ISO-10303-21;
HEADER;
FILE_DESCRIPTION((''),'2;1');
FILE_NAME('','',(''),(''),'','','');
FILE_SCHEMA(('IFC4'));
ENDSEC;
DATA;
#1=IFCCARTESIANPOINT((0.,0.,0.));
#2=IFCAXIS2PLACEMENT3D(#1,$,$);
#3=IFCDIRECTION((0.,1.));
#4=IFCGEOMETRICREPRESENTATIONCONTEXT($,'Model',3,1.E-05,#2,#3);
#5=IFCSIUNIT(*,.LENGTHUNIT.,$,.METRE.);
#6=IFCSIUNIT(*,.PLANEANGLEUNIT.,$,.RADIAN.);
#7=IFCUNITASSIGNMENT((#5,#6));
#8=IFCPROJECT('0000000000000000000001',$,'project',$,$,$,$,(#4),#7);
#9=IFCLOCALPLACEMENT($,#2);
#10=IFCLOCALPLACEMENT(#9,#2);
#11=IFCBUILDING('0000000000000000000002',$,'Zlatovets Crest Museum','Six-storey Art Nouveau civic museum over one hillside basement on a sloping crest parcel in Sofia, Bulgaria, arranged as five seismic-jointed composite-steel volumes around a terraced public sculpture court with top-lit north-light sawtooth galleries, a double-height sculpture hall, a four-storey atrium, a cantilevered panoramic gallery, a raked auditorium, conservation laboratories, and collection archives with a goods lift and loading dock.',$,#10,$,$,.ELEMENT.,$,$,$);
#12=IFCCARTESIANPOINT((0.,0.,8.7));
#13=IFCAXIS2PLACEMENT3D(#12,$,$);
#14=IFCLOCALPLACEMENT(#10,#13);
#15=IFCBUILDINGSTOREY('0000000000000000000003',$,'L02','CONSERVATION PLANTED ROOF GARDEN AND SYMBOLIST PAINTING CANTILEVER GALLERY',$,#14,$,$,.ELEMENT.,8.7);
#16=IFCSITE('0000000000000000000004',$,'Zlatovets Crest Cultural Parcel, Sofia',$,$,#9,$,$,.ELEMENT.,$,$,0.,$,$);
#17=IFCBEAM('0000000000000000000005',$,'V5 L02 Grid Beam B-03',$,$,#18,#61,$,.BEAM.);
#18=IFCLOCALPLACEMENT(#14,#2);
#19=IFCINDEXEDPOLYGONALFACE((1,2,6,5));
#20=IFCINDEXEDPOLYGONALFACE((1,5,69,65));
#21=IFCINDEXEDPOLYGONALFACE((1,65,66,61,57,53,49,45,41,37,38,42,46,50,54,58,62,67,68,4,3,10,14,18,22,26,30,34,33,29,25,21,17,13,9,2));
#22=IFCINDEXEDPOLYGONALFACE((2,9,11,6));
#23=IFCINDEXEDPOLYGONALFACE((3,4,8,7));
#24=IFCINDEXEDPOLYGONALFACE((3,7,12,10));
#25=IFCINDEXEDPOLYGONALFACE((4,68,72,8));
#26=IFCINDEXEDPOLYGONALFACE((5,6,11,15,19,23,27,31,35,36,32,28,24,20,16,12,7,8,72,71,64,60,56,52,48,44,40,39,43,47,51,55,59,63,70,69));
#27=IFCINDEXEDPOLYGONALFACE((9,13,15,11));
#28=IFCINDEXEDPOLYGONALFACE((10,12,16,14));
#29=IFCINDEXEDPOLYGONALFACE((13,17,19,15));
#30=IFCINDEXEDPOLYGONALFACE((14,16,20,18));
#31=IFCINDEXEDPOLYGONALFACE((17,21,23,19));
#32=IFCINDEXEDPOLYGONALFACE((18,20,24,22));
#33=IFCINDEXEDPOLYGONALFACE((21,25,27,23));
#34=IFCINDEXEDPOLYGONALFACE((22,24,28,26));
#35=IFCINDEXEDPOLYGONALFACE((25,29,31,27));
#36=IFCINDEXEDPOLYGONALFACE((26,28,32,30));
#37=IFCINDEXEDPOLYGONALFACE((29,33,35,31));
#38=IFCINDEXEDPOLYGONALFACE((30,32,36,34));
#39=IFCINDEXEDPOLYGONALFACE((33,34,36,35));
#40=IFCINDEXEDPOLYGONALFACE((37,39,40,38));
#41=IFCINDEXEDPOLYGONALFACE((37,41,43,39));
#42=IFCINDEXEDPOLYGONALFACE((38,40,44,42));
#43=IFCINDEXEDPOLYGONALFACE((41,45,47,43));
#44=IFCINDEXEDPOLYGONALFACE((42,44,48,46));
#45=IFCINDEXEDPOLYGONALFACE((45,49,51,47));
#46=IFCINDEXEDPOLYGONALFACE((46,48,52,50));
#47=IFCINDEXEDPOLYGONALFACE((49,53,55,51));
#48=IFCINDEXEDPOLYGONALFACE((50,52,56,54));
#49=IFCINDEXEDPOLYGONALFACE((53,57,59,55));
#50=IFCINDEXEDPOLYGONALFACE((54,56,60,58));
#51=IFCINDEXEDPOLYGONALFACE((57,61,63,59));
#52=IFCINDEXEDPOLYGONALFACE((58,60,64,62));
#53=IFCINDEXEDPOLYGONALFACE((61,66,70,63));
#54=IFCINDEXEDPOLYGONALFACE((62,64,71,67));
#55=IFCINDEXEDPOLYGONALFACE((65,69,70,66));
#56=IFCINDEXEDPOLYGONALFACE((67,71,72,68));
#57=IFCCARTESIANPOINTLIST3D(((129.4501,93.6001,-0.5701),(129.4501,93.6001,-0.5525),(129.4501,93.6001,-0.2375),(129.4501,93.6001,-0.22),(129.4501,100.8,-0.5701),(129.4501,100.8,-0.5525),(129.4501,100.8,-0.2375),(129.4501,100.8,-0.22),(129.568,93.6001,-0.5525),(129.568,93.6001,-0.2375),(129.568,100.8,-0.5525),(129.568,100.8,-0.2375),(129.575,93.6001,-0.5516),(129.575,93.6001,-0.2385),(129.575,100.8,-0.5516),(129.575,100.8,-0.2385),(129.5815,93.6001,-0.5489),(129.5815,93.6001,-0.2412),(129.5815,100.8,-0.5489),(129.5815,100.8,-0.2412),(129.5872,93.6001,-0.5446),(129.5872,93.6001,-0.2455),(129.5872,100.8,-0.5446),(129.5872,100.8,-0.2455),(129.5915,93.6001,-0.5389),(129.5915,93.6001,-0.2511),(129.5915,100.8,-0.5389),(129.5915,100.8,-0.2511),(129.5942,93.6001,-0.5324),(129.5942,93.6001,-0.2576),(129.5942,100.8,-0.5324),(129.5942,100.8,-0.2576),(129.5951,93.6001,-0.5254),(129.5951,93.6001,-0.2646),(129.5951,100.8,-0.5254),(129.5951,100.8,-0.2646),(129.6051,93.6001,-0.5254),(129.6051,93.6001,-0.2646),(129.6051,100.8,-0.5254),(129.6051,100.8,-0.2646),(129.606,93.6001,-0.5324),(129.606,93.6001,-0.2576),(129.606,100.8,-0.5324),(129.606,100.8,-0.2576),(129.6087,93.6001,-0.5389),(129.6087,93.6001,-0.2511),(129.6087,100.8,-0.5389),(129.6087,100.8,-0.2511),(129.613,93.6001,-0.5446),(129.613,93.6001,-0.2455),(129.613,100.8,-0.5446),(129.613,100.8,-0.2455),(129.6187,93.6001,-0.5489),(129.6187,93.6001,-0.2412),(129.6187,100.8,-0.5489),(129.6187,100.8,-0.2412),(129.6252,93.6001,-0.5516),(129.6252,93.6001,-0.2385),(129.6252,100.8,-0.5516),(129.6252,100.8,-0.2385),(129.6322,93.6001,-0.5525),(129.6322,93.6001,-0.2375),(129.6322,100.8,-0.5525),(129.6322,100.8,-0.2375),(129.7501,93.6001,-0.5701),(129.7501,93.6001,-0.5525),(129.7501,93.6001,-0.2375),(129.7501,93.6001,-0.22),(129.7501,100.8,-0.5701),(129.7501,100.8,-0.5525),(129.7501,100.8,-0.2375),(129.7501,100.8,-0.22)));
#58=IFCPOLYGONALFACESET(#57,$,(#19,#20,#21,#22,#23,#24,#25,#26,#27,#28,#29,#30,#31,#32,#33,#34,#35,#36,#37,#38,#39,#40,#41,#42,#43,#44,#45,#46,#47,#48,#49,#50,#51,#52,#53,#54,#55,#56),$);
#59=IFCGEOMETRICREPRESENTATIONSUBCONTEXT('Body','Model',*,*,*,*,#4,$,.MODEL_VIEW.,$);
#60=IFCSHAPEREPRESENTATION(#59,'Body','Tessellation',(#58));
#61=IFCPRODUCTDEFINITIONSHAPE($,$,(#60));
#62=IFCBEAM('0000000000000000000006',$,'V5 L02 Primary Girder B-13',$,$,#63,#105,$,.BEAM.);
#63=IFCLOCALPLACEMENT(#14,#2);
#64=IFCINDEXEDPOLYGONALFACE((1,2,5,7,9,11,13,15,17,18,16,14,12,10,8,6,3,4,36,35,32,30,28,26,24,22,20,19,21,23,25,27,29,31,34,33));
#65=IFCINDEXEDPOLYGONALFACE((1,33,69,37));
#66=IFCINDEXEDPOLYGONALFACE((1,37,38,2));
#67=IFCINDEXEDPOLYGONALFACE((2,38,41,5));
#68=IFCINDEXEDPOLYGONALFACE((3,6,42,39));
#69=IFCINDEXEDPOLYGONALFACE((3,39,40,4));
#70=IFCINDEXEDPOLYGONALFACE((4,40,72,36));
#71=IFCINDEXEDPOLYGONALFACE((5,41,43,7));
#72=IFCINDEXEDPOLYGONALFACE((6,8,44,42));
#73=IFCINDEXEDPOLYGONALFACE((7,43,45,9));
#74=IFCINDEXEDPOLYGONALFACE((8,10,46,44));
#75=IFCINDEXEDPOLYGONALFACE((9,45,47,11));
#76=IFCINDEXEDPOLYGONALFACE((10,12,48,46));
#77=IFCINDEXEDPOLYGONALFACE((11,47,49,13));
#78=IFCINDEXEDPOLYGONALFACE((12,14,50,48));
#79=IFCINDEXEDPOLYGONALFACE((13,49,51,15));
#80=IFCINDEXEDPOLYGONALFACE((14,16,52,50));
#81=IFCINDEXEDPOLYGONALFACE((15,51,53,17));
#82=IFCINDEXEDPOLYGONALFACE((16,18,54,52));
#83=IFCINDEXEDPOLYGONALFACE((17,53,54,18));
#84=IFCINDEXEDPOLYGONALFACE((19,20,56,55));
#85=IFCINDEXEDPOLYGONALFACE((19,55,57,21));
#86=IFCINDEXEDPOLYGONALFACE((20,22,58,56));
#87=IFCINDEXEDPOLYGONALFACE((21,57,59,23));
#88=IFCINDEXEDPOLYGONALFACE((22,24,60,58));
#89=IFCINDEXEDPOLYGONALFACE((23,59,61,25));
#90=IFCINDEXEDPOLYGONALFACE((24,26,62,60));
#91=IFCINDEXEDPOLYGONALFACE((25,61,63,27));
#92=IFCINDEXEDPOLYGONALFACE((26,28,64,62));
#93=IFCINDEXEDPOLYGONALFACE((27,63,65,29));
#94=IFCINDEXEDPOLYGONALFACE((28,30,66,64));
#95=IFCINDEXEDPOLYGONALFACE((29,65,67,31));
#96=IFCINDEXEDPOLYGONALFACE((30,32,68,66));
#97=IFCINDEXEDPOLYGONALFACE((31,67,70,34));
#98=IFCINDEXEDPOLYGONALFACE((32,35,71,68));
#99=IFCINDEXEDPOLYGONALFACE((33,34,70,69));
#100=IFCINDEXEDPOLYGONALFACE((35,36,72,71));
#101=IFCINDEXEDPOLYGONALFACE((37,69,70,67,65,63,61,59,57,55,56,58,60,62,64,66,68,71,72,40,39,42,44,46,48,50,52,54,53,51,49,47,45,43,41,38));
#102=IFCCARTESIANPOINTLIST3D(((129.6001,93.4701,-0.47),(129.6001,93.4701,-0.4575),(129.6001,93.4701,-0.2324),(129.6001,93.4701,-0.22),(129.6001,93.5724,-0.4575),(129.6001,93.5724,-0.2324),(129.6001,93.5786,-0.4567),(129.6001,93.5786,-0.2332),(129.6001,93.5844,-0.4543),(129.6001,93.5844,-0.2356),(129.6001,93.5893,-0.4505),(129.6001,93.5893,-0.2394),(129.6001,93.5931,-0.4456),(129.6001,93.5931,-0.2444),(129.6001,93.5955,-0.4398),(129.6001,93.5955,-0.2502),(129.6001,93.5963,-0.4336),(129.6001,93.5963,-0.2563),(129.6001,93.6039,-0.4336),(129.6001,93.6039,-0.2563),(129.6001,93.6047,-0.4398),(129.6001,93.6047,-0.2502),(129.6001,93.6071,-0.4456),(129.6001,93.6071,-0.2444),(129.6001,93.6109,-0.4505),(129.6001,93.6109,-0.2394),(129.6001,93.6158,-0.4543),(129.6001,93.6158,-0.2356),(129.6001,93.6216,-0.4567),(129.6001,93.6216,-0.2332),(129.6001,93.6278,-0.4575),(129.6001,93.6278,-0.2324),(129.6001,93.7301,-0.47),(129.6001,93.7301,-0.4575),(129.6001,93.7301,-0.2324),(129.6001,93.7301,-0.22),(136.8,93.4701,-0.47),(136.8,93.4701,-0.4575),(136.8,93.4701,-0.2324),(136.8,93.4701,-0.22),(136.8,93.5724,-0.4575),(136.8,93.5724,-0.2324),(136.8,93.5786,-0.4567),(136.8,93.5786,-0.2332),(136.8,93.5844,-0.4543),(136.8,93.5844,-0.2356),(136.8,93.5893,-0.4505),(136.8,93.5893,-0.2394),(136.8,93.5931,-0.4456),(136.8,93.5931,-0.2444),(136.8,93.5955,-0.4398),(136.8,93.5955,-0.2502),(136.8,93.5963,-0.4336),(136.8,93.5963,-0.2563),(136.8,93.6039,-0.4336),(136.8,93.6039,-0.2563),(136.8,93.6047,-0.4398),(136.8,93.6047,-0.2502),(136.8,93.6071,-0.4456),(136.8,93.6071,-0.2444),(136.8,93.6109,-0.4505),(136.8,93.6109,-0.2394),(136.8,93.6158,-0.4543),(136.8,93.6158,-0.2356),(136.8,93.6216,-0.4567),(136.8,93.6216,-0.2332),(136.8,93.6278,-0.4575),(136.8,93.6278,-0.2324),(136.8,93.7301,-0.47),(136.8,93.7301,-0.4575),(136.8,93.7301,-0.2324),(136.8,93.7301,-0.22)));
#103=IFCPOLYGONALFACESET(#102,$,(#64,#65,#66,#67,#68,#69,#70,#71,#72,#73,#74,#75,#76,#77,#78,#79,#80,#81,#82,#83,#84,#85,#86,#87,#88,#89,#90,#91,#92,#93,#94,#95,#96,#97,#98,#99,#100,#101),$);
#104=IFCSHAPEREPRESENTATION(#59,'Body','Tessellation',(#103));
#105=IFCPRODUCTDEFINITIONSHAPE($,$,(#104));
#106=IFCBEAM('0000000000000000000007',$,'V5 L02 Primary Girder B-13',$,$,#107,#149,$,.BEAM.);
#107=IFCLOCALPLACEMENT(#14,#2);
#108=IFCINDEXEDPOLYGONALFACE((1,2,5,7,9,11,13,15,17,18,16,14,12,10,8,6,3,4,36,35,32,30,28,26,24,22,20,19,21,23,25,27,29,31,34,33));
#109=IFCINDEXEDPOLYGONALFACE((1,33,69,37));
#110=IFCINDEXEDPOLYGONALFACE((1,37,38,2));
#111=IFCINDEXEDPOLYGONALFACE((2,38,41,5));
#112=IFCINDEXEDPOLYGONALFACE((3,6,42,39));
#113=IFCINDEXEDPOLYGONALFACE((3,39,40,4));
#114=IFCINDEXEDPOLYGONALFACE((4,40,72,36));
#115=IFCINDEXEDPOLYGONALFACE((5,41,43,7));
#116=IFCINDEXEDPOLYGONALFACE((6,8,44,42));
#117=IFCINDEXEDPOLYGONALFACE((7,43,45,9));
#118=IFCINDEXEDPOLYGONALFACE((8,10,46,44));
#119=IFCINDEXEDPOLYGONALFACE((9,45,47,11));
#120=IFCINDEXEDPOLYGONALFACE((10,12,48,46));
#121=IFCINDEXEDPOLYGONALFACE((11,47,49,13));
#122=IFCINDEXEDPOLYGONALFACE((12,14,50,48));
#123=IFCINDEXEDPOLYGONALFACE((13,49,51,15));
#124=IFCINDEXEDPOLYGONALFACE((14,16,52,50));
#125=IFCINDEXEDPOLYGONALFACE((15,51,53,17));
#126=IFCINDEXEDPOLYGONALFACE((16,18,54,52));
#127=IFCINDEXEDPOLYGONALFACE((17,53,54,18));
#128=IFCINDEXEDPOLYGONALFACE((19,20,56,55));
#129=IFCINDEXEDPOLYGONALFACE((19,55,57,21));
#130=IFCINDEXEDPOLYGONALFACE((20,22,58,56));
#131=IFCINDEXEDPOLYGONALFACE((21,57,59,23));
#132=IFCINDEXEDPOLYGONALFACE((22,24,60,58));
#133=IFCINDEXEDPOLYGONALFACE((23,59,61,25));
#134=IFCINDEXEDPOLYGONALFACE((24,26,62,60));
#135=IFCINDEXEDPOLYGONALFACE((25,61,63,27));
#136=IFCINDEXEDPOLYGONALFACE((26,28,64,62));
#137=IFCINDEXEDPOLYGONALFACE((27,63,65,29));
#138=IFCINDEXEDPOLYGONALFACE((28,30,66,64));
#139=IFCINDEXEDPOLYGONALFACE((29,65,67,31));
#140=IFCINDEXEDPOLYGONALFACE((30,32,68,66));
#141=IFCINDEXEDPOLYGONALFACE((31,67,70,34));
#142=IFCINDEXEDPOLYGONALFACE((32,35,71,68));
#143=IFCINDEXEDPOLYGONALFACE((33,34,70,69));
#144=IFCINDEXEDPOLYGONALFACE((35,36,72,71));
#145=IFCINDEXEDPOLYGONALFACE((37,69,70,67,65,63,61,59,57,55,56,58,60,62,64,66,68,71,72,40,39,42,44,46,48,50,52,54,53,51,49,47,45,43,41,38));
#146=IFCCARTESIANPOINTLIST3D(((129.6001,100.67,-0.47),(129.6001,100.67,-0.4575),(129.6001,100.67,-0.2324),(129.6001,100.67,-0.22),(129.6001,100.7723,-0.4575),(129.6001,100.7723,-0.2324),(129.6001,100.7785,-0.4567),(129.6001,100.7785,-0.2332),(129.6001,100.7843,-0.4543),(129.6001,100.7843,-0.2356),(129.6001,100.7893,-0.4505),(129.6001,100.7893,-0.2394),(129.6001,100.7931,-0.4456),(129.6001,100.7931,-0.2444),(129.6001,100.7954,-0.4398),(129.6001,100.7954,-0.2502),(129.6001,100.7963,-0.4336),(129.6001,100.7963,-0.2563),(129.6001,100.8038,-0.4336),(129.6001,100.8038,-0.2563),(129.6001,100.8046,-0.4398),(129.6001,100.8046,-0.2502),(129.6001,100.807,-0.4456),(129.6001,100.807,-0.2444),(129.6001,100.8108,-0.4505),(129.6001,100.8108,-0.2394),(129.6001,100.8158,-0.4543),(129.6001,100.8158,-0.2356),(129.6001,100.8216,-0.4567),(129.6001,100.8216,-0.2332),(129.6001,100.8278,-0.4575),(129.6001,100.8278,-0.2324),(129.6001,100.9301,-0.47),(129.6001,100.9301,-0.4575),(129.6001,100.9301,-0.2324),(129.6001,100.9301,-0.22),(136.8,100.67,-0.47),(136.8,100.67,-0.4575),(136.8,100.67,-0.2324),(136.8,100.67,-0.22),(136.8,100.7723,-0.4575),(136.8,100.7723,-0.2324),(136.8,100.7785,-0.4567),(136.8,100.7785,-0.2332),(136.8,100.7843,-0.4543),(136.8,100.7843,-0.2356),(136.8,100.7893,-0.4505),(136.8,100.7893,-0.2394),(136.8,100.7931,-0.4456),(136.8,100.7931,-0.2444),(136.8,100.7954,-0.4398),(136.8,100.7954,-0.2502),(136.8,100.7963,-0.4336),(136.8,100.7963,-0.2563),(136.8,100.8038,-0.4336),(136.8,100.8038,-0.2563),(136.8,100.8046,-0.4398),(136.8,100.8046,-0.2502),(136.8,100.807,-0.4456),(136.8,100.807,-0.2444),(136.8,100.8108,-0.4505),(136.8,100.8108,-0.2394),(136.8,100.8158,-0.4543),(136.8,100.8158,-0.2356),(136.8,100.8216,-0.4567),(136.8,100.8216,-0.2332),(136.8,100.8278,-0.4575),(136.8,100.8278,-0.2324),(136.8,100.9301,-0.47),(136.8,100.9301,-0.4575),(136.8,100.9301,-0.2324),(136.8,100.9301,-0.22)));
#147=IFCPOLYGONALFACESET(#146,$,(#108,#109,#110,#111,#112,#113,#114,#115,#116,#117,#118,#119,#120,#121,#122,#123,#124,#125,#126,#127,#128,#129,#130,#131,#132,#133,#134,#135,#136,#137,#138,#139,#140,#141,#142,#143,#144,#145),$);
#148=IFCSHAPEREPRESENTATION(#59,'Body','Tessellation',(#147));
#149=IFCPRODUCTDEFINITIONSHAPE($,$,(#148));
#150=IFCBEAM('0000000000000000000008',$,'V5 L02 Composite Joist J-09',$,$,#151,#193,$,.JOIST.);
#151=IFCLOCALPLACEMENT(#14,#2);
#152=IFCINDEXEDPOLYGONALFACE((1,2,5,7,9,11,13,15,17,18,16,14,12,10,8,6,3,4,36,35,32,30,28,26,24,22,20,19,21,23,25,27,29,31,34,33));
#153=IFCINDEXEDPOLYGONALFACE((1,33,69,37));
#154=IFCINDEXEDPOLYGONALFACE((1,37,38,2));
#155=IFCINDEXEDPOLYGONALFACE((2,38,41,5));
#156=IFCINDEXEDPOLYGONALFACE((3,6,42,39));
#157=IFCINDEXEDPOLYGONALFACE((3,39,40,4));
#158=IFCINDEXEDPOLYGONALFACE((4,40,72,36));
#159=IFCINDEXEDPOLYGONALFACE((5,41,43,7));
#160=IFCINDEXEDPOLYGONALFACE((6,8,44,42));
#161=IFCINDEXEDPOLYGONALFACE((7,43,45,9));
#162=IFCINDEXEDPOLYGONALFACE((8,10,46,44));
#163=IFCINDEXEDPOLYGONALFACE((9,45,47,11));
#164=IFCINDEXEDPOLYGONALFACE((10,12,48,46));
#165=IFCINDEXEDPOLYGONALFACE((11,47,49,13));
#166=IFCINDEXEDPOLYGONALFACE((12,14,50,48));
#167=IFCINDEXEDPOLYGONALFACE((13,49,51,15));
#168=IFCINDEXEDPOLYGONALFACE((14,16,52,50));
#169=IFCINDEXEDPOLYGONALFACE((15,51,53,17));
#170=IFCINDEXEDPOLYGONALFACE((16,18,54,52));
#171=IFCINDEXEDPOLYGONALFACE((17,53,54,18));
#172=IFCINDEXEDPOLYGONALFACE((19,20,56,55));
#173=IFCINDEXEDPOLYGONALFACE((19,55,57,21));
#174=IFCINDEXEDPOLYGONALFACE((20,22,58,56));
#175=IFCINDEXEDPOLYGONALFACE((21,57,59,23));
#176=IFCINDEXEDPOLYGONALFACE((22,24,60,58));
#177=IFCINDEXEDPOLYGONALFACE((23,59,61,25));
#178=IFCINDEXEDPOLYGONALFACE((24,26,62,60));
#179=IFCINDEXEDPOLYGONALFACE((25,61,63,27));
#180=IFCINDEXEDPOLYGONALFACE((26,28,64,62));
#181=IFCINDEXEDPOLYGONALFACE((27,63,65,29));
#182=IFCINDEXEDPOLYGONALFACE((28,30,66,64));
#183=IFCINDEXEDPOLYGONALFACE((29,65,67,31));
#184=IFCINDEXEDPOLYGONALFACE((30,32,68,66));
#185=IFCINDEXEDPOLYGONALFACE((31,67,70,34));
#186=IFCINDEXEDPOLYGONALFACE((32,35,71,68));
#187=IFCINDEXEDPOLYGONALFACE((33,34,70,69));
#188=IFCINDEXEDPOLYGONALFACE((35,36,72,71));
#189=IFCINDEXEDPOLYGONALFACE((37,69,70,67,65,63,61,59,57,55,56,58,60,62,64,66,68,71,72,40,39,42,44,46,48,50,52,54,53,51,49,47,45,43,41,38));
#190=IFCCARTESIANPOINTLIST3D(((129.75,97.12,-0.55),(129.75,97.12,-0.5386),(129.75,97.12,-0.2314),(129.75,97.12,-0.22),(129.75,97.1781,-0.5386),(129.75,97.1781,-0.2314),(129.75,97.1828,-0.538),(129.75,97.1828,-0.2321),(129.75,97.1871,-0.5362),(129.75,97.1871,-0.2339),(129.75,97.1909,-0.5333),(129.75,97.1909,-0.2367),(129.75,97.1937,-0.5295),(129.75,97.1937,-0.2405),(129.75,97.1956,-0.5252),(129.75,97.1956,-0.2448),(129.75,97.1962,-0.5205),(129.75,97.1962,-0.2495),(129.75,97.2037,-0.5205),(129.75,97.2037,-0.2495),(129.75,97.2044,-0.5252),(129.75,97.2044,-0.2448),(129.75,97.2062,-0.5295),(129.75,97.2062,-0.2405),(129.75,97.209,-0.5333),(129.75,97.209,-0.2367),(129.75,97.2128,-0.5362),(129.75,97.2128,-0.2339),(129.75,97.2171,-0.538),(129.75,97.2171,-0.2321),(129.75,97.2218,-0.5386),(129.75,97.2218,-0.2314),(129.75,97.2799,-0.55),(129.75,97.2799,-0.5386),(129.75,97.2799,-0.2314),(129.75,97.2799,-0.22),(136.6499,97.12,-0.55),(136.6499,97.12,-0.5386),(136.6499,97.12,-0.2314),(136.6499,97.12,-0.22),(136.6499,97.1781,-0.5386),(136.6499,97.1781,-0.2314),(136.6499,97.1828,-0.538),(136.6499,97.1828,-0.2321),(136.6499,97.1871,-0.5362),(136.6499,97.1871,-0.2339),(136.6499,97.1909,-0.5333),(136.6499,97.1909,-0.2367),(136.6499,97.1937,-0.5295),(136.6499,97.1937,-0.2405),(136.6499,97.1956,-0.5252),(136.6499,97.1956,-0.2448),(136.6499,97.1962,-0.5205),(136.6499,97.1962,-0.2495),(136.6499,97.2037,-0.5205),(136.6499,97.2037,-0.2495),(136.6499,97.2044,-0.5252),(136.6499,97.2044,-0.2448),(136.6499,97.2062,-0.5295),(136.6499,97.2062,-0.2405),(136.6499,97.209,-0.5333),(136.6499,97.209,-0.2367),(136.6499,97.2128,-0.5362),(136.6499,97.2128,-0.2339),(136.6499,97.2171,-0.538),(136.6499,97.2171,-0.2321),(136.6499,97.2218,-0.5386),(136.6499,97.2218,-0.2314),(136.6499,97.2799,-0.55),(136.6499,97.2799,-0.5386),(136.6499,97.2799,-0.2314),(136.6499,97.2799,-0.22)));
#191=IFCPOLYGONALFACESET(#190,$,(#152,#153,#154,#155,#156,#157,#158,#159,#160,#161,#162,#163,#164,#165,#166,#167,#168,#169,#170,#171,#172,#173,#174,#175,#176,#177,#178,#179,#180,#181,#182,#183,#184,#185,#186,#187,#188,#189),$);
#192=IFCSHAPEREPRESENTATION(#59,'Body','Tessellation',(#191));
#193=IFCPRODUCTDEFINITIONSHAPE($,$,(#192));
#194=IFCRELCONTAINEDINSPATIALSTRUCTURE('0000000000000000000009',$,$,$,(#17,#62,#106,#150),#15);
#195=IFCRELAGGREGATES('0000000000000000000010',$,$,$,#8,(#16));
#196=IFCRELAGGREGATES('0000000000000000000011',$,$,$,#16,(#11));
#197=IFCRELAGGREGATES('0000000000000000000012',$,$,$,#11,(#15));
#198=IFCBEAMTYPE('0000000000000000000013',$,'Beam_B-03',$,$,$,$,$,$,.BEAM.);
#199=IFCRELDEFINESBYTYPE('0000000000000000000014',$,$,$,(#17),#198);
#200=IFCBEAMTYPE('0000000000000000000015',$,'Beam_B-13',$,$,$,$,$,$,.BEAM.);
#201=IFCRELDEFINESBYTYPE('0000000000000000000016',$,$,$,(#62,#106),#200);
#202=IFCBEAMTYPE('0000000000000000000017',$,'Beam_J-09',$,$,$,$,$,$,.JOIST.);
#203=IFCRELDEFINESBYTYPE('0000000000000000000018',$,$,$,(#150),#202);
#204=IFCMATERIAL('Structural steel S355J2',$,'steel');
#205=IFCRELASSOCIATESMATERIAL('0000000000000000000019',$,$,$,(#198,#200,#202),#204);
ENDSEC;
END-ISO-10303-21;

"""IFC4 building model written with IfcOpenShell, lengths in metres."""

from ifc_helpers import new_model, si_unit, direction, frame, origin, origin_2d, place, context, subcontext, project, spatial, i_section, extrude, material, material_profile, profile_set, type_object, element, save


model = new_model("IFC4")

# Units and contexts
model_context = context("Model", 3, precision=1e-05, world=origin(), true_north=direction((0.0, 1.0)))
body_context = subcontext(model_context, "Body", "Model", "MODEL_VIEW")
ifc_project = project(units=[si_unit("LENGTHUNIT", "METRE"), si_unit("PLANEANGLEUNIT", "RADIAN")], contexts=[model_context])

# Site, building, storey
site_placement = place(None, origin())
site = spatial("IfcSite", under=ifc_project, at=site_placement, Name="Zlatovets Crest Cultural Parcel, Sofia", CompositionType="ELEMENT", RefElevation=0.0)
building_placement = place(site_placement, origin())
building = spatial("IfcBuilding", under=site, at=building_placement, Name="Zlatovets Crest Museum", Description="Six-storey Art Nouveau civic museum over one hillside basement on a sloping crest parcel in Sofia, Bulgaria, arranged as five seismic-jointed composite-steel volumes around a terraced public sculpture court with top-lit north-light sawtooth galleries, a double-height sculpture hall, a four-storey atrium, a cantilevered panoramic gallery, a raked auditorium, conservation laboratories, and collection archives with a goods lift and loading dock.", CompositionType="ELEMENT")
storey_placement = place(building_placement, frame((0.0, 0.0, 8.7)))
storey = spatial("IfcBuildingStorey", under=building, at=storey_placement, Name="L02", Description="CONSERVATION PLANTED ROOF GARDEN AND SYMBOLIST PAINTING CANTILEVER GALLERY", CompositionType="ELEMENT", Elevation=8.7)

# Beams
ifc_material_1 = material(Name="Structural steel S355J2", Category="steel")
ifc_material_profile_1 = material_profile(ifc_material_1, i_section(OverallWidth=0.3, OverallDepth=0.3501, WebThickness=0.01, FlangeThickness=0.0176, FilletRadius=0.0271, at=origin_2d()), Name="HEA 360")
ifc_profile_set_1 = profile_set([ifc_material_profile_1], Name="Structural steel S355J2")
beam_type_1 = type_object("IfcBeamType", Name="Beam_B-03", PredefinedType="BEAM", material=ifc_profile_set_1)
beam_1_placement = place(storey_placement, frame((129.6001, 93.6001, -0.395), z_axis=(0.0, 1.0, 0.0), x_axis=(-1.0, 0.0, 0.0)))
element("IfcBeam", 1, at=beam_1_placement, inside=storey, type_object=beam_type_1, Name="V5 L02 Grid Beam B-03", PredefinedType="BEAM", context=body_context, shape_type="SweptSolid", body=[
    extrude(i_section(OverallWidth=0.3, OverallDepth=0.3501, WebThickness=0.01, FlangeThickness=0.0176, FilletRadius=0.0271, at=origin_2d()), origin(), (0.0, 0.0, 1.0), 7.2),
])
ifc_material_profile_2 = material_profile(ifc_material_1, i_section(OverallWidth=0.26, OverallDepth=0.25, WebThickness=0.0076, FlangeThickness=0.0125, FilletRadius=0.0239, at=origin_2d()), Name="HEA 260")
ifc_profile_set_2 = profile_set([ifc_material_profile_2], Name="Structural steel S355J2")
beam_type_2 = type_object("IfcBeamType", Name="Beam_B-13", PredefinedType="BEAM", material=ifc_profile_set_2)
for number, where, z_axis, x_axis, name in (
    (2, (129.6001, 93.6001, -0.345), (1.0, 0.0, 0.0), (0.0, 1.0, 0.0), "V5 L02 Primary Girder B-13"),
    (3, (129.6001, 100.8, -0.345), (1.0, 0.0, 0.0), (0.0, 1.0, 0.0), "V5 L02 Primary Girder B-13"),
):
    element("IfcBeam", number, at=place(storey_placement, frame(where, z_axis=z_axis, x_axis=x_axis)), inside=storey, type_object=beam_type_2, Name=name, PredefinedType="BEAM", context=body_context, shape_type="SweptSolid", body=[
        extrude(i_section(OverallWidth=0.26, OverallDepth=0.25, WebThickness=0.0076, FlangeThickness=0.0125, FilletRadius=0.0239, at=origin_2d()), origin(), (0.0, 0.0, 1.0), 7.2),
    ])
ifc_material_profile_3 = material_profile(ifc_material_1, i_section(OverallWidth=0.1599, OverallDepth=0.3301, WebThickness=0.0076, FlangeThickness=0.0115, FilletRadius=0.0181, at=origin_2d()), Name="IPE 330")
ifc_profile_set_3 = profile_set([ifc_material_profile_3], Name="Structural steel S355J2")
beam_type_3 = type_object("IfcBeamType", Name="Beam_J-09", PredefinedType="JOIST", material=ifc_profile_set_3)
beam_2_placement = place(storey_placement, frame((129.75, 97.2, -0.385), z_axis=(1.0, 0.0, 0.0), x_axis=(0.0, 1.0, 0.0)))
element("IfcBeam", 4, at=beam_2_placement, inside=storey, type_object=beam_type_3, Name="V5 L02 Composite Joist J-09", PredefinedType="JOIST", context=body_context, shape_type="SweptSolid", body=[
    extrude(i_section(OverallWidth=0.1599, OverallDepth=0.3301, WebThickness=0.0076, FlangeThickness=0.0115, FilletRadius=0.0181, at=origin_2d()), origin(), (0.0, 0.0, 1.0), 6.8999),
])

save(model, "model.ifc")
